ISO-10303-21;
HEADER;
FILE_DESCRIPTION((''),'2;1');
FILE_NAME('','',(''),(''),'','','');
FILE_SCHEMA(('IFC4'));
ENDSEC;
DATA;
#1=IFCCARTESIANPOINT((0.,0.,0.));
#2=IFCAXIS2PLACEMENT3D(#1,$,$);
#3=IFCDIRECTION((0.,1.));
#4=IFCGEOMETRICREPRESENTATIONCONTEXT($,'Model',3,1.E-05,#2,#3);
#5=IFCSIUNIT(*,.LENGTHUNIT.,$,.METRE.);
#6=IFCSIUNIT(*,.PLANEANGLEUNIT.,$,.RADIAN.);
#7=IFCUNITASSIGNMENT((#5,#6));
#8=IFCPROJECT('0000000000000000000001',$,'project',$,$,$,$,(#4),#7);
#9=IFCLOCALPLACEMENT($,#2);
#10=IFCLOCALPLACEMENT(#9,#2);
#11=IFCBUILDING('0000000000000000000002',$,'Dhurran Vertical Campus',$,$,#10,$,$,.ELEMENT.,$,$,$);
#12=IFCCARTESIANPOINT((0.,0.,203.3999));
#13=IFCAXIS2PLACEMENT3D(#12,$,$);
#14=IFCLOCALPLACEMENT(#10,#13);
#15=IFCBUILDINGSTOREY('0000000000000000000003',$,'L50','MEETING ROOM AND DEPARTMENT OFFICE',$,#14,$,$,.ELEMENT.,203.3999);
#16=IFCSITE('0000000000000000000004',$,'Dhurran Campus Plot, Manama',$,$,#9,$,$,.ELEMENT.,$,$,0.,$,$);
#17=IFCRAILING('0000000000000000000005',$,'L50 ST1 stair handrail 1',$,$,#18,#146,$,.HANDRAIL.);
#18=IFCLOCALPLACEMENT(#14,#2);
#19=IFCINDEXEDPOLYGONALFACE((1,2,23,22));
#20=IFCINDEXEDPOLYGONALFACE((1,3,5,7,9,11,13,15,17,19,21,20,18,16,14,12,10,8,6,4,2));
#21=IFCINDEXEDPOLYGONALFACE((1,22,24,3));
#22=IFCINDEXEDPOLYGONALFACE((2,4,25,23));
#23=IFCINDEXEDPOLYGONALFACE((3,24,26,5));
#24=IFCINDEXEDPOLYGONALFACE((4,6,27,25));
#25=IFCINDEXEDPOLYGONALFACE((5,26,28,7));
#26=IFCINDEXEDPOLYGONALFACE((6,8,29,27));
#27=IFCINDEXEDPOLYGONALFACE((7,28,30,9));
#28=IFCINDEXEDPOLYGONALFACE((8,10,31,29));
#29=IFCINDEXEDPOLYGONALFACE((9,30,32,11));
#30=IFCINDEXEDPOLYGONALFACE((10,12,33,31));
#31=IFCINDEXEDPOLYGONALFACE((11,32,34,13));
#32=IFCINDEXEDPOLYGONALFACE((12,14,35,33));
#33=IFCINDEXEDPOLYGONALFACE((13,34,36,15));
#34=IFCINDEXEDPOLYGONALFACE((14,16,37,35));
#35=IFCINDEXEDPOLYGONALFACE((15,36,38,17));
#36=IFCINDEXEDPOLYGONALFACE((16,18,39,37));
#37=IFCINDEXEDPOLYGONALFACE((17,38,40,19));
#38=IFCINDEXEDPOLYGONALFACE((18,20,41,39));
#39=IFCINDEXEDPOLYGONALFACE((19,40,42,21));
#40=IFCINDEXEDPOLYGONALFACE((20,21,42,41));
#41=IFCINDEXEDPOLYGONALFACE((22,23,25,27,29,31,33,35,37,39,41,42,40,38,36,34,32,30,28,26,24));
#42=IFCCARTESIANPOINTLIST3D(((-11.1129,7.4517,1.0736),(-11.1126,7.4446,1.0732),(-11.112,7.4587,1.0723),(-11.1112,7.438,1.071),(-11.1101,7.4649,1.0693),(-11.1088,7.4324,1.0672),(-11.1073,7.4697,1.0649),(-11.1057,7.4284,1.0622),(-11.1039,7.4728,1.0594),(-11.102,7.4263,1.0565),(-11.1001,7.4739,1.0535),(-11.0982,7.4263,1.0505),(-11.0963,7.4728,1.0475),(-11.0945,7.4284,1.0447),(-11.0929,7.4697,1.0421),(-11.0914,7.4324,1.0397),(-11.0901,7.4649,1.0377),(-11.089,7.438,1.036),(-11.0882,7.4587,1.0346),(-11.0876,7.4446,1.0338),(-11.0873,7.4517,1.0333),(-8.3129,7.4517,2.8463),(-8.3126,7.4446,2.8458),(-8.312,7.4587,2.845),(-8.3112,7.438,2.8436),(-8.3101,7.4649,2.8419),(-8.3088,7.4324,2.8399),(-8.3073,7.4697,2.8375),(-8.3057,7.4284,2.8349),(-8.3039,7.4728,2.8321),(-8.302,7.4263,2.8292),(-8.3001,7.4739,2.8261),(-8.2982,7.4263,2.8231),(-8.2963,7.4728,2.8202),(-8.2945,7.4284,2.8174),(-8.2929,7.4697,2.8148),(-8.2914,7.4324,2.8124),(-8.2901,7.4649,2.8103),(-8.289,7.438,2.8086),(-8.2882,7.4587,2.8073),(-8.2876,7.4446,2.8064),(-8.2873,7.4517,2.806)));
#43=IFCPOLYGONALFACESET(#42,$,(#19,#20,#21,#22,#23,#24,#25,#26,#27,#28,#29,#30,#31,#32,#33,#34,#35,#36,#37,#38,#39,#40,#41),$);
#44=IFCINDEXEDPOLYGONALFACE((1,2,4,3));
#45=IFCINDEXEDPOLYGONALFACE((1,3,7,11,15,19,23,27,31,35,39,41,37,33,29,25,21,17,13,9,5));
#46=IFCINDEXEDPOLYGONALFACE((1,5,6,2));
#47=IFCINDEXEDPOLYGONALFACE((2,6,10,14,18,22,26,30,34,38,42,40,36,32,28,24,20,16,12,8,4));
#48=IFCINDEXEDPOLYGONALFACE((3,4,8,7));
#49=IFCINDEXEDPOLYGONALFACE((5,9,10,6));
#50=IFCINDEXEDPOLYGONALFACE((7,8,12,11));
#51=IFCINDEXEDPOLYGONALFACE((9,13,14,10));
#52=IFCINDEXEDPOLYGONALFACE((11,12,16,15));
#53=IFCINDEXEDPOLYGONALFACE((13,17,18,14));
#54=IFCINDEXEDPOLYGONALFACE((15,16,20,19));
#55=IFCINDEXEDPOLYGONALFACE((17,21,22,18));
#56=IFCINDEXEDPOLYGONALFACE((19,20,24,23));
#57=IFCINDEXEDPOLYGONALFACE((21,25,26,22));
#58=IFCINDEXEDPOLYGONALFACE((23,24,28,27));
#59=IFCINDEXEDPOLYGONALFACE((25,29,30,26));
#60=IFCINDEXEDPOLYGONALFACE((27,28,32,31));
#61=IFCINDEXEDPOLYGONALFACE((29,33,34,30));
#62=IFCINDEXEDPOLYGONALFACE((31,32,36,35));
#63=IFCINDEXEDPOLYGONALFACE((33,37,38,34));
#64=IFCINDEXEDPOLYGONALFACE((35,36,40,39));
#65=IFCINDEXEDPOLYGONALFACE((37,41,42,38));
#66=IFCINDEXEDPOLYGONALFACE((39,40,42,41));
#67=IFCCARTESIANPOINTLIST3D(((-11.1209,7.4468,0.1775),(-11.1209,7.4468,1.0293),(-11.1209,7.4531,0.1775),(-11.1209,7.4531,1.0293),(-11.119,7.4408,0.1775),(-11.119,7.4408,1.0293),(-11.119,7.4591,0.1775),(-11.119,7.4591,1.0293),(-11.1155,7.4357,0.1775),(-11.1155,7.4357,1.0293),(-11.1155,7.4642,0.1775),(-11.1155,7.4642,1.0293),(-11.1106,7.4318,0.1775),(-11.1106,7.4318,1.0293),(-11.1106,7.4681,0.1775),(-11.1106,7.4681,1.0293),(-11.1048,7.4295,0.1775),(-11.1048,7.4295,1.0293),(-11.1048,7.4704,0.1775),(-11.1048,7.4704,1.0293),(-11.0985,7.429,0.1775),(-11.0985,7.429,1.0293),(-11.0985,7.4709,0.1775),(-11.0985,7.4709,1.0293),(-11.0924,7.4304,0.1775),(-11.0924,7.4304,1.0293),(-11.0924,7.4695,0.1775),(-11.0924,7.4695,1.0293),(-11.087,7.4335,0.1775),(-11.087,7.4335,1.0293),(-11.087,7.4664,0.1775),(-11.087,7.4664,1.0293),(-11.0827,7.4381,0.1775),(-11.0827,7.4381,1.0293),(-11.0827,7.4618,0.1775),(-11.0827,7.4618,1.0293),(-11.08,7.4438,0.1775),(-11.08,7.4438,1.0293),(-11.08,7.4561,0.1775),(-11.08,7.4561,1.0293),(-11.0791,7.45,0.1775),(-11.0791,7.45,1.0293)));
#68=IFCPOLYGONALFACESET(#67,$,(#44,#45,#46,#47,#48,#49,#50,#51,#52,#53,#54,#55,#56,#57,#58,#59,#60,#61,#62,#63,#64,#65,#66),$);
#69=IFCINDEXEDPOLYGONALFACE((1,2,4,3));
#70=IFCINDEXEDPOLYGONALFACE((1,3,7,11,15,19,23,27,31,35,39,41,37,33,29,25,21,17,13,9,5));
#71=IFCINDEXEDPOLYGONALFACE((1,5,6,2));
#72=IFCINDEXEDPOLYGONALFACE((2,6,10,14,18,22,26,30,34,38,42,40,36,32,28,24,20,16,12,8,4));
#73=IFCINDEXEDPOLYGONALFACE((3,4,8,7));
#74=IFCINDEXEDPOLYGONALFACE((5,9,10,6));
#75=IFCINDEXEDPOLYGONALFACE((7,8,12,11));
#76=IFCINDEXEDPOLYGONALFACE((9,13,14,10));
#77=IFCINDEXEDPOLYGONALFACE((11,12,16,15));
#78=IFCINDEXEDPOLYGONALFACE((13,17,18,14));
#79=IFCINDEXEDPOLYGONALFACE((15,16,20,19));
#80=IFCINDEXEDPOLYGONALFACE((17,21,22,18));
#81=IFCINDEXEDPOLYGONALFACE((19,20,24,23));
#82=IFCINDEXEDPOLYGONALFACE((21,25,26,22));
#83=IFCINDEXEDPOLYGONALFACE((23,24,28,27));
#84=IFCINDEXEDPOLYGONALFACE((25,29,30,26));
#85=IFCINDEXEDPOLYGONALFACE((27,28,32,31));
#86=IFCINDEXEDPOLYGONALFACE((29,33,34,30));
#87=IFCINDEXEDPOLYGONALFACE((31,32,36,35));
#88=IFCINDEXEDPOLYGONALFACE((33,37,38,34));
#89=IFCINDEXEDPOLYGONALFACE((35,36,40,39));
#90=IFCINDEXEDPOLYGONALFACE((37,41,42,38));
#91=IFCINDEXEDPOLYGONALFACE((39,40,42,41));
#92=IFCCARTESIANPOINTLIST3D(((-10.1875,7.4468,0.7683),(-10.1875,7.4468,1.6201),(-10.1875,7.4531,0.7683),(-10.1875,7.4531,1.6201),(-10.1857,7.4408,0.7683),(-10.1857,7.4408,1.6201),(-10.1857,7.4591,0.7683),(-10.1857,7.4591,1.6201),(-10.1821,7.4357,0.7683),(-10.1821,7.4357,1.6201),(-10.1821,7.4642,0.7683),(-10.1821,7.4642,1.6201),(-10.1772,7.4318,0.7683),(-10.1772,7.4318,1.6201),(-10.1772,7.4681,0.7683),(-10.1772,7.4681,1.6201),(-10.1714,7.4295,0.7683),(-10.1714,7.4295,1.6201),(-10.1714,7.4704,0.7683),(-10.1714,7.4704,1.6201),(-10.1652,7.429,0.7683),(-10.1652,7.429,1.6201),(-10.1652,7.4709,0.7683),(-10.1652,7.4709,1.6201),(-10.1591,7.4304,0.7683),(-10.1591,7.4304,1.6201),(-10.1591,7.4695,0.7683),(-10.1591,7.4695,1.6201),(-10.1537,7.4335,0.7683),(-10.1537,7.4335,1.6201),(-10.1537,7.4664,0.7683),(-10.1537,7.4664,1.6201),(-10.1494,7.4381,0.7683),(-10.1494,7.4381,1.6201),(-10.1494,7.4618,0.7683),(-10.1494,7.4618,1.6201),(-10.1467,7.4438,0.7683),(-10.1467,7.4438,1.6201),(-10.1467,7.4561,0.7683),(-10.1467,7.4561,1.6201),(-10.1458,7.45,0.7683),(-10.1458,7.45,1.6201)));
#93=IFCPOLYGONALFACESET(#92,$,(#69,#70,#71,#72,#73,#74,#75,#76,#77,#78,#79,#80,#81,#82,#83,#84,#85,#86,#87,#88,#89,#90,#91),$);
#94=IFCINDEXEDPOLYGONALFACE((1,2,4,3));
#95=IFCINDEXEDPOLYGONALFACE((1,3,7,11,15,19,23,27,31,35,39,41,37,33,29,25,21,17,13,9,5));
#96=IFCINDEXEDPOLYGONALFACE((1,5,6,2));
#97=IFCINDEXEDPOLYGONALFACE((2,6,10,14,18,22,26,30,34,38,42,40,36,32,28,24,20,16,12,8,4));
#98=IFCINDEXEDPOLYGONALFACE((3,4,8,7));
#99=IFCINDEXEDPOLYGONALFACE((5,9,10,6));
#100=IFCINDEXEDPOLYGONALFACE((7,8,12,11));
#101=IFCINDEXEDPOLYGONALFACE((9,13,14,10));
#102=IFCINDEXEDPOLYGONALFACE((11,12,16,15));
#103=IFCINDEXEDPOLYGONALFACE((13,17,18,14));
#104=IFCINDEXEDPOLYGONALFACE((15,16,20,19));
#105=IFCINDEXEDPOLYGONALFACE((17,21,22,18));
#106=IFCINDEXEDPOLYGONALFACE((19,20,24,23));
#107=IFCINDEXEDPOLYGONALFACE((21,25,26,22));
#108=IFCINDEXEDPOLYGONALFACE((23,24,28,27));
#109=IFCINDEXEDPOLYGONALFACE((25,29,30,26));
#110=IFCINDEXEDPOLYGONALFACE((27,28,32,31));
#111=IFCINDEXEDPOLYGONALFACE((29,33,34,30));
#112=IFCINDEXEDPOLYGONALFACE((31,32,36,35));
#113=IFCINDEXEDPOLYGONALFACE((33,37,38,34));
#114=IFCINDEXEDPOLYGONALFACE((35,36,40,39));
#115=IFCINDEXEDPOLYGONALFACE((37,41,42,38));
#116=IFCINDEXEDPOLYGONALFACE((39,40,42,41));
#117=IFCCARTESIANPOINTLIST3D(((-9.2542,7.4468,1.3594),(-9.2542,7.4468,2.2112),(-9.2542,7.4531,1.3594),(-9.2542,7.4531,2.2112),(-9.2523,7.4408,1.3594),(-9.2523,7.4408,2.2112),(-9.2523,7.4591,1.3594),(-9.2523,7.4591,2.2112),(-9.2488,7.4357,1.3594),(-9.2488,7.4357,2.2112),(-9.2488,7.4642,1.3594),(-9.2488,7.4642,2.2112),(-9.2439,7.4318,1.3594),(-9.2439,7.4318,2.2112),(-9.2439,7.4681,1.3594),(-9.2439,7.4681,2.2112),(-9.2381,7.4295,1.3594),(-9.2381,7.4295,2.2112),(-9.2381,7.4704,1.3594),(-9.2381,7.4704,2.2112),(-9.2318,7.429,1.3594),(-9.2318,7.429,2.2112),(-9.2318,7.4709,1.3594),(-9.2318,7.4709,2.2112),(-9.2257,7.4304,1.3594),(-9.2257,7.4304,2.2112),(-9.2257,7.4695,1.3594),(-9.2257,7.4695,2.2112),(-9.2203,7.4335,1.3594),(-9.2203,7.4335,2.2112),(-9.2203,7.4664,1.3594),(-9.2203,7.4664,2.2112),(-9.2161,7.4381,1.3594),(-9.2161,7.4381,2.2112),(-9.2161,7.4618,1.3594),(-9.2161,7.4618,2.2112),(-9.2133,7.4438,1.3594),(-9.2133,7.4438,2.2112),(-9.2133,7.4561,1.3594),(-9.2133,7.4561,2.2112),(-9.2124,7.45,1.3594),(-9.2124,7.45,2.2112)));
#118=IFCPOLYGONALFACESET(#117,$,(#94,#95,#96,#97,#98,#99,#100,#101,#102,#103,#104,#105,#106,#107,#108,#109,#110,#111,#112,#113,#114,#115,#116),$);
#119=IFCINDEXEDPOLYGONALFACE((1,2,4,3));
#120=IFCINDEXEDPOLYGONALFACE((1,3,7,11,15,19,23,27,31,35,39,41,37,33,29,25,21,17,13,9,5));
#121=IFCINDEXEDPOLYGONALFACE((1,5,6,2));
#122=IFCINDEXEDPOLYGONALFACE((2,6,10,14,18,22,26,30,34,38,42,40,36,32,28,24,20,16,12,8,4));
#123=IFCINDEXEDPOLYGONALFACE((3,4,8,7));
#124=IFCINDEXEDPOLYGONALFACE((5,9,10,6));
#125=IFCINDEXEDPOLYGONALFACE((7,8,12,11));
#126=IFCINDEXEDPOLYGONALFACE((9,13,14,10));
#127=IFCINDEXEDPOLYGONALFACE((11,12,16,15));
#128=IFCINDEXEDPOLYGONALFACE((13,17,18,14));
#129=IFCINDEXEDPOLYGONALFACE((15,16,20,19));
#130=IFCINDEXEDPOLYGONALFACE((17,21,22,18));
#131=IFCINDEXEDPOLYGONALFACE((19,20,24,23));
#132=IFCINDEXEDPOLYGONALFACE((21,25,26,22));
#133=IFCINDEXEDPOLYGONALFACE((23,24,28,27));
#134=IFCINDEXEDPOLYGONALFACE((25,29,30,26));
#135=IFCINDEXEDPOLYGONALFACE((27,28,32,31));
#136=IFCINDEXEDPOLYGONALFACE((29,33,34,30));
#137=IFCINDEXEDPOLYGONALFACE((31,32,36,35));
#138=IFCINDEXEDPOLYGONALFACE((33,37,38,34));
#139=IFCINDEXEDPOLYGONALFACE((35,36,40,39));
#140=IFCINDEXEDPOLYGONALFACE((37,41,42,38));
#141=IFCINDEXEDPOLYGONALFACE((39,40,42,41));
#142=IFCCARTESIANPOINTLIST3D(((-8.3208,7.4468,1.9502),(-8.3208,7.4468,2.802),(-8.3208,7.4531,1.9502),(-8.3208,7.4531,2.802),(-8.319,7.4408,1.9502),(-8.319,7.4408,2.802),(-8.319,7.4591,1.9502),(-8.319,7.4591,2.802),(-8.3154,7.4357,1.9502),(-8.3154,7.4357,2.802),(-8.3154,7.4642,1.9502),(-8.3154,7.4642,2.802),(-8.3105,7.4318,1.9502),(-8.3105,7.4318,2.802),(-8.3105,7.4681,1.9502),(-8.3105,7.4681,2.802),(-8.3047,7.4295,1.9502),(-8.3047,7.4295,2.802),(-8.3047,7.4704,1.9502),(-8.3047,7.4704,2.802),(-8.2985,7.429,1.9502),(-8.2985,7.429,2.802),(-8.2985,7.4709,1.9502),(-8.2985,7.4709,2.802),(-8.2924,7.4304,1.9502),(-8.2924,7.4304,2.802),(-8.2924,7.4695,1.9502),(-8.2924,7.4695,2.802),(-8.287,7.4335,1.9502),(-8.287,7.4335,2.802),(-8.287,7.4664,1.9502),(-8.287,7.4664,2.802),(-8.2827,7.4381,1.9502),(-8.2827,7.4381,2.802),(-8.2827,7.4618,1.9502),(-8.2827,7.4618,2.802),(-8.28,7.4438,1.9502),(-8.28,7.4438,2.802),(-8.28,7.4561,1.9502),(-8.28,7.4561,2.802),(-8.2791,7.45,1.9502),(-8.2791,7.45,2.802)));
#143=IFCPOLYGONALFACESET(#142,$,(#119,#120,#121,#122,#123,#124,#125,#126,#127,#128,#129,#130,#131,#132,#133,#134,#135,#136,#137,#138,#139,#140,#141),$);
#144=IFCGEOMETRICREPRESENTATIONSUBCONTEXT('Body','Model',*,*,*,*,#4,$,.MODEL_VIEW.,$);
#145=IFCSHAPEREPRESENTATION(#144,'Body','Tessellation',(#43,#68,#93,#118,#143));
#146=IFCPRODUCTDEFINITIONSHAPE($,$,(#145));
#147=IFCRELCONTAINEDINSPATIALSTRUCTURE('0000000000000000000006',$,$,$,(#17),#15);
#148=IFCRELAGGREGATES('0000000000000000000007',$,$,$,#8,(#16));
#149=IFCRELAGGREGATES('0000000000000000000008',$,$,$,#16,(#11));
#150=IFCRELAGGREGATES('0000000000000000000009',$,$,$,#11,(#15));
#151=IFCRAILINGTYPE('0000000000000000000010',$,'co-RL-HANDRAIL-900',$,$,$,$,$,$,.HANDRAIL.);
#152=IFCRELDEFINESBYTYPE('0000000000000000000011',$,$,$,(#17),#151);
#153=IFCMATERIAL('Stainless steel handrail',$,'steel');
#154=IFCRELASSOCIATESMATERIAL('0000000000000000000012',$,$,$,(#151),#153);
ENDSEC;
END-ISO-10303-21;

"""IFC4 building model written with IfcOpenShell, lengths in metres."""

from ifc_helpers import new_model, si_unit, direction, frame, origin, origin_2d, place, context, subcontext, project, spatial, circle, extrude, material, type_object, element, save


model = new_model("IFC4")

# Units and contexts
model_context = context("Model", 3, precision=1e-05, world=origin(), true_north=direction((0.0, 1.0)))
body_context = subcontext(model_context, "Body", "Model", "MODEL_VIEW")
ifc_project = project(units=[si_unit("LENGTHUNIT", "METRE"), si_unit("PLANEANGLEUNIT", "RADIAN")], contexts=[model_context])

# Site, building, storey
site_placement = place(None, origin())
site = spatial("IfcSite", under=ifc_project, at=site_placement, Name="Dhurran Campus Plot, Manama", CompositionType="ELEMENT", RefElevation=0.0)
building_placement = place(site_placement, origin())
building = spatial("IfcBuilding", under=site, at=building_placement, Name="Dhurran Vertical Campus", CompositionType="ELEMENT")
storey_placement = place(building_placement, frame((0.0, 0.0, 203.3999)))
storey = spatial("IfcBuildingStorey", under=building, at=storey_placement, Name="L50", Description="MEETING ROOM AND DEPARTMENT OFFICE", CompositionType="ELEMENT", Elevation=203.3999)

# Railing
ifc_material_1 = material(Name="Stainless steel handrail", Category="steel")
railing_type_1 = type_object("IfcRailingType", Name="co-RL-HANDRAIL-900", PredefinedType="HANDRAIL", material=ifc_material_1)
railing_1_placement = place(storey_placement, frame((-11.1001, 7.45, 0.1775)))
element("IfcRailing", 1, at=railing_1_placement, inside=storey, type_object=railing_type_1, Name="L50 ST1 stair handrail 1", PredefinedType="HANDRAIL", context=body_context, shape_type="SweptSolid", body=[
    extrude(circle(Radius=0.0239, at=origin_2d()), frame((0.0, 0.0, 0.876), z_axis=(0.844909, 0.0, 0.53491), x_axis=(0.0, 1.0, 0.0)), (0.0, 0.0, 1.0), 3.314),
    extrude(circle(Radius=0.021, at=origin_2d()), origin(), (0.0, 0.0, 1.0), 0.8518),
    extrude(circle(Radius=0.021, at=origin_2d()), frame((0.9333, 0.0, 0.5908)), (0.0, 0.0, 1.0), 0.8518),
    extrude(circle(Radius=0.021, at=origin_2d()), frame((1.8667, 0.0, 1.1819)), (0.0, 0.0, 1.0), 0.8518),
    extrude(circle(Radius=0.021, at=origin_2d()), frame((2.8, 0.0, 1.7727)), (0.0, 0.0, 1.0), 0.8518),
])

save(model, "model.ifc")
